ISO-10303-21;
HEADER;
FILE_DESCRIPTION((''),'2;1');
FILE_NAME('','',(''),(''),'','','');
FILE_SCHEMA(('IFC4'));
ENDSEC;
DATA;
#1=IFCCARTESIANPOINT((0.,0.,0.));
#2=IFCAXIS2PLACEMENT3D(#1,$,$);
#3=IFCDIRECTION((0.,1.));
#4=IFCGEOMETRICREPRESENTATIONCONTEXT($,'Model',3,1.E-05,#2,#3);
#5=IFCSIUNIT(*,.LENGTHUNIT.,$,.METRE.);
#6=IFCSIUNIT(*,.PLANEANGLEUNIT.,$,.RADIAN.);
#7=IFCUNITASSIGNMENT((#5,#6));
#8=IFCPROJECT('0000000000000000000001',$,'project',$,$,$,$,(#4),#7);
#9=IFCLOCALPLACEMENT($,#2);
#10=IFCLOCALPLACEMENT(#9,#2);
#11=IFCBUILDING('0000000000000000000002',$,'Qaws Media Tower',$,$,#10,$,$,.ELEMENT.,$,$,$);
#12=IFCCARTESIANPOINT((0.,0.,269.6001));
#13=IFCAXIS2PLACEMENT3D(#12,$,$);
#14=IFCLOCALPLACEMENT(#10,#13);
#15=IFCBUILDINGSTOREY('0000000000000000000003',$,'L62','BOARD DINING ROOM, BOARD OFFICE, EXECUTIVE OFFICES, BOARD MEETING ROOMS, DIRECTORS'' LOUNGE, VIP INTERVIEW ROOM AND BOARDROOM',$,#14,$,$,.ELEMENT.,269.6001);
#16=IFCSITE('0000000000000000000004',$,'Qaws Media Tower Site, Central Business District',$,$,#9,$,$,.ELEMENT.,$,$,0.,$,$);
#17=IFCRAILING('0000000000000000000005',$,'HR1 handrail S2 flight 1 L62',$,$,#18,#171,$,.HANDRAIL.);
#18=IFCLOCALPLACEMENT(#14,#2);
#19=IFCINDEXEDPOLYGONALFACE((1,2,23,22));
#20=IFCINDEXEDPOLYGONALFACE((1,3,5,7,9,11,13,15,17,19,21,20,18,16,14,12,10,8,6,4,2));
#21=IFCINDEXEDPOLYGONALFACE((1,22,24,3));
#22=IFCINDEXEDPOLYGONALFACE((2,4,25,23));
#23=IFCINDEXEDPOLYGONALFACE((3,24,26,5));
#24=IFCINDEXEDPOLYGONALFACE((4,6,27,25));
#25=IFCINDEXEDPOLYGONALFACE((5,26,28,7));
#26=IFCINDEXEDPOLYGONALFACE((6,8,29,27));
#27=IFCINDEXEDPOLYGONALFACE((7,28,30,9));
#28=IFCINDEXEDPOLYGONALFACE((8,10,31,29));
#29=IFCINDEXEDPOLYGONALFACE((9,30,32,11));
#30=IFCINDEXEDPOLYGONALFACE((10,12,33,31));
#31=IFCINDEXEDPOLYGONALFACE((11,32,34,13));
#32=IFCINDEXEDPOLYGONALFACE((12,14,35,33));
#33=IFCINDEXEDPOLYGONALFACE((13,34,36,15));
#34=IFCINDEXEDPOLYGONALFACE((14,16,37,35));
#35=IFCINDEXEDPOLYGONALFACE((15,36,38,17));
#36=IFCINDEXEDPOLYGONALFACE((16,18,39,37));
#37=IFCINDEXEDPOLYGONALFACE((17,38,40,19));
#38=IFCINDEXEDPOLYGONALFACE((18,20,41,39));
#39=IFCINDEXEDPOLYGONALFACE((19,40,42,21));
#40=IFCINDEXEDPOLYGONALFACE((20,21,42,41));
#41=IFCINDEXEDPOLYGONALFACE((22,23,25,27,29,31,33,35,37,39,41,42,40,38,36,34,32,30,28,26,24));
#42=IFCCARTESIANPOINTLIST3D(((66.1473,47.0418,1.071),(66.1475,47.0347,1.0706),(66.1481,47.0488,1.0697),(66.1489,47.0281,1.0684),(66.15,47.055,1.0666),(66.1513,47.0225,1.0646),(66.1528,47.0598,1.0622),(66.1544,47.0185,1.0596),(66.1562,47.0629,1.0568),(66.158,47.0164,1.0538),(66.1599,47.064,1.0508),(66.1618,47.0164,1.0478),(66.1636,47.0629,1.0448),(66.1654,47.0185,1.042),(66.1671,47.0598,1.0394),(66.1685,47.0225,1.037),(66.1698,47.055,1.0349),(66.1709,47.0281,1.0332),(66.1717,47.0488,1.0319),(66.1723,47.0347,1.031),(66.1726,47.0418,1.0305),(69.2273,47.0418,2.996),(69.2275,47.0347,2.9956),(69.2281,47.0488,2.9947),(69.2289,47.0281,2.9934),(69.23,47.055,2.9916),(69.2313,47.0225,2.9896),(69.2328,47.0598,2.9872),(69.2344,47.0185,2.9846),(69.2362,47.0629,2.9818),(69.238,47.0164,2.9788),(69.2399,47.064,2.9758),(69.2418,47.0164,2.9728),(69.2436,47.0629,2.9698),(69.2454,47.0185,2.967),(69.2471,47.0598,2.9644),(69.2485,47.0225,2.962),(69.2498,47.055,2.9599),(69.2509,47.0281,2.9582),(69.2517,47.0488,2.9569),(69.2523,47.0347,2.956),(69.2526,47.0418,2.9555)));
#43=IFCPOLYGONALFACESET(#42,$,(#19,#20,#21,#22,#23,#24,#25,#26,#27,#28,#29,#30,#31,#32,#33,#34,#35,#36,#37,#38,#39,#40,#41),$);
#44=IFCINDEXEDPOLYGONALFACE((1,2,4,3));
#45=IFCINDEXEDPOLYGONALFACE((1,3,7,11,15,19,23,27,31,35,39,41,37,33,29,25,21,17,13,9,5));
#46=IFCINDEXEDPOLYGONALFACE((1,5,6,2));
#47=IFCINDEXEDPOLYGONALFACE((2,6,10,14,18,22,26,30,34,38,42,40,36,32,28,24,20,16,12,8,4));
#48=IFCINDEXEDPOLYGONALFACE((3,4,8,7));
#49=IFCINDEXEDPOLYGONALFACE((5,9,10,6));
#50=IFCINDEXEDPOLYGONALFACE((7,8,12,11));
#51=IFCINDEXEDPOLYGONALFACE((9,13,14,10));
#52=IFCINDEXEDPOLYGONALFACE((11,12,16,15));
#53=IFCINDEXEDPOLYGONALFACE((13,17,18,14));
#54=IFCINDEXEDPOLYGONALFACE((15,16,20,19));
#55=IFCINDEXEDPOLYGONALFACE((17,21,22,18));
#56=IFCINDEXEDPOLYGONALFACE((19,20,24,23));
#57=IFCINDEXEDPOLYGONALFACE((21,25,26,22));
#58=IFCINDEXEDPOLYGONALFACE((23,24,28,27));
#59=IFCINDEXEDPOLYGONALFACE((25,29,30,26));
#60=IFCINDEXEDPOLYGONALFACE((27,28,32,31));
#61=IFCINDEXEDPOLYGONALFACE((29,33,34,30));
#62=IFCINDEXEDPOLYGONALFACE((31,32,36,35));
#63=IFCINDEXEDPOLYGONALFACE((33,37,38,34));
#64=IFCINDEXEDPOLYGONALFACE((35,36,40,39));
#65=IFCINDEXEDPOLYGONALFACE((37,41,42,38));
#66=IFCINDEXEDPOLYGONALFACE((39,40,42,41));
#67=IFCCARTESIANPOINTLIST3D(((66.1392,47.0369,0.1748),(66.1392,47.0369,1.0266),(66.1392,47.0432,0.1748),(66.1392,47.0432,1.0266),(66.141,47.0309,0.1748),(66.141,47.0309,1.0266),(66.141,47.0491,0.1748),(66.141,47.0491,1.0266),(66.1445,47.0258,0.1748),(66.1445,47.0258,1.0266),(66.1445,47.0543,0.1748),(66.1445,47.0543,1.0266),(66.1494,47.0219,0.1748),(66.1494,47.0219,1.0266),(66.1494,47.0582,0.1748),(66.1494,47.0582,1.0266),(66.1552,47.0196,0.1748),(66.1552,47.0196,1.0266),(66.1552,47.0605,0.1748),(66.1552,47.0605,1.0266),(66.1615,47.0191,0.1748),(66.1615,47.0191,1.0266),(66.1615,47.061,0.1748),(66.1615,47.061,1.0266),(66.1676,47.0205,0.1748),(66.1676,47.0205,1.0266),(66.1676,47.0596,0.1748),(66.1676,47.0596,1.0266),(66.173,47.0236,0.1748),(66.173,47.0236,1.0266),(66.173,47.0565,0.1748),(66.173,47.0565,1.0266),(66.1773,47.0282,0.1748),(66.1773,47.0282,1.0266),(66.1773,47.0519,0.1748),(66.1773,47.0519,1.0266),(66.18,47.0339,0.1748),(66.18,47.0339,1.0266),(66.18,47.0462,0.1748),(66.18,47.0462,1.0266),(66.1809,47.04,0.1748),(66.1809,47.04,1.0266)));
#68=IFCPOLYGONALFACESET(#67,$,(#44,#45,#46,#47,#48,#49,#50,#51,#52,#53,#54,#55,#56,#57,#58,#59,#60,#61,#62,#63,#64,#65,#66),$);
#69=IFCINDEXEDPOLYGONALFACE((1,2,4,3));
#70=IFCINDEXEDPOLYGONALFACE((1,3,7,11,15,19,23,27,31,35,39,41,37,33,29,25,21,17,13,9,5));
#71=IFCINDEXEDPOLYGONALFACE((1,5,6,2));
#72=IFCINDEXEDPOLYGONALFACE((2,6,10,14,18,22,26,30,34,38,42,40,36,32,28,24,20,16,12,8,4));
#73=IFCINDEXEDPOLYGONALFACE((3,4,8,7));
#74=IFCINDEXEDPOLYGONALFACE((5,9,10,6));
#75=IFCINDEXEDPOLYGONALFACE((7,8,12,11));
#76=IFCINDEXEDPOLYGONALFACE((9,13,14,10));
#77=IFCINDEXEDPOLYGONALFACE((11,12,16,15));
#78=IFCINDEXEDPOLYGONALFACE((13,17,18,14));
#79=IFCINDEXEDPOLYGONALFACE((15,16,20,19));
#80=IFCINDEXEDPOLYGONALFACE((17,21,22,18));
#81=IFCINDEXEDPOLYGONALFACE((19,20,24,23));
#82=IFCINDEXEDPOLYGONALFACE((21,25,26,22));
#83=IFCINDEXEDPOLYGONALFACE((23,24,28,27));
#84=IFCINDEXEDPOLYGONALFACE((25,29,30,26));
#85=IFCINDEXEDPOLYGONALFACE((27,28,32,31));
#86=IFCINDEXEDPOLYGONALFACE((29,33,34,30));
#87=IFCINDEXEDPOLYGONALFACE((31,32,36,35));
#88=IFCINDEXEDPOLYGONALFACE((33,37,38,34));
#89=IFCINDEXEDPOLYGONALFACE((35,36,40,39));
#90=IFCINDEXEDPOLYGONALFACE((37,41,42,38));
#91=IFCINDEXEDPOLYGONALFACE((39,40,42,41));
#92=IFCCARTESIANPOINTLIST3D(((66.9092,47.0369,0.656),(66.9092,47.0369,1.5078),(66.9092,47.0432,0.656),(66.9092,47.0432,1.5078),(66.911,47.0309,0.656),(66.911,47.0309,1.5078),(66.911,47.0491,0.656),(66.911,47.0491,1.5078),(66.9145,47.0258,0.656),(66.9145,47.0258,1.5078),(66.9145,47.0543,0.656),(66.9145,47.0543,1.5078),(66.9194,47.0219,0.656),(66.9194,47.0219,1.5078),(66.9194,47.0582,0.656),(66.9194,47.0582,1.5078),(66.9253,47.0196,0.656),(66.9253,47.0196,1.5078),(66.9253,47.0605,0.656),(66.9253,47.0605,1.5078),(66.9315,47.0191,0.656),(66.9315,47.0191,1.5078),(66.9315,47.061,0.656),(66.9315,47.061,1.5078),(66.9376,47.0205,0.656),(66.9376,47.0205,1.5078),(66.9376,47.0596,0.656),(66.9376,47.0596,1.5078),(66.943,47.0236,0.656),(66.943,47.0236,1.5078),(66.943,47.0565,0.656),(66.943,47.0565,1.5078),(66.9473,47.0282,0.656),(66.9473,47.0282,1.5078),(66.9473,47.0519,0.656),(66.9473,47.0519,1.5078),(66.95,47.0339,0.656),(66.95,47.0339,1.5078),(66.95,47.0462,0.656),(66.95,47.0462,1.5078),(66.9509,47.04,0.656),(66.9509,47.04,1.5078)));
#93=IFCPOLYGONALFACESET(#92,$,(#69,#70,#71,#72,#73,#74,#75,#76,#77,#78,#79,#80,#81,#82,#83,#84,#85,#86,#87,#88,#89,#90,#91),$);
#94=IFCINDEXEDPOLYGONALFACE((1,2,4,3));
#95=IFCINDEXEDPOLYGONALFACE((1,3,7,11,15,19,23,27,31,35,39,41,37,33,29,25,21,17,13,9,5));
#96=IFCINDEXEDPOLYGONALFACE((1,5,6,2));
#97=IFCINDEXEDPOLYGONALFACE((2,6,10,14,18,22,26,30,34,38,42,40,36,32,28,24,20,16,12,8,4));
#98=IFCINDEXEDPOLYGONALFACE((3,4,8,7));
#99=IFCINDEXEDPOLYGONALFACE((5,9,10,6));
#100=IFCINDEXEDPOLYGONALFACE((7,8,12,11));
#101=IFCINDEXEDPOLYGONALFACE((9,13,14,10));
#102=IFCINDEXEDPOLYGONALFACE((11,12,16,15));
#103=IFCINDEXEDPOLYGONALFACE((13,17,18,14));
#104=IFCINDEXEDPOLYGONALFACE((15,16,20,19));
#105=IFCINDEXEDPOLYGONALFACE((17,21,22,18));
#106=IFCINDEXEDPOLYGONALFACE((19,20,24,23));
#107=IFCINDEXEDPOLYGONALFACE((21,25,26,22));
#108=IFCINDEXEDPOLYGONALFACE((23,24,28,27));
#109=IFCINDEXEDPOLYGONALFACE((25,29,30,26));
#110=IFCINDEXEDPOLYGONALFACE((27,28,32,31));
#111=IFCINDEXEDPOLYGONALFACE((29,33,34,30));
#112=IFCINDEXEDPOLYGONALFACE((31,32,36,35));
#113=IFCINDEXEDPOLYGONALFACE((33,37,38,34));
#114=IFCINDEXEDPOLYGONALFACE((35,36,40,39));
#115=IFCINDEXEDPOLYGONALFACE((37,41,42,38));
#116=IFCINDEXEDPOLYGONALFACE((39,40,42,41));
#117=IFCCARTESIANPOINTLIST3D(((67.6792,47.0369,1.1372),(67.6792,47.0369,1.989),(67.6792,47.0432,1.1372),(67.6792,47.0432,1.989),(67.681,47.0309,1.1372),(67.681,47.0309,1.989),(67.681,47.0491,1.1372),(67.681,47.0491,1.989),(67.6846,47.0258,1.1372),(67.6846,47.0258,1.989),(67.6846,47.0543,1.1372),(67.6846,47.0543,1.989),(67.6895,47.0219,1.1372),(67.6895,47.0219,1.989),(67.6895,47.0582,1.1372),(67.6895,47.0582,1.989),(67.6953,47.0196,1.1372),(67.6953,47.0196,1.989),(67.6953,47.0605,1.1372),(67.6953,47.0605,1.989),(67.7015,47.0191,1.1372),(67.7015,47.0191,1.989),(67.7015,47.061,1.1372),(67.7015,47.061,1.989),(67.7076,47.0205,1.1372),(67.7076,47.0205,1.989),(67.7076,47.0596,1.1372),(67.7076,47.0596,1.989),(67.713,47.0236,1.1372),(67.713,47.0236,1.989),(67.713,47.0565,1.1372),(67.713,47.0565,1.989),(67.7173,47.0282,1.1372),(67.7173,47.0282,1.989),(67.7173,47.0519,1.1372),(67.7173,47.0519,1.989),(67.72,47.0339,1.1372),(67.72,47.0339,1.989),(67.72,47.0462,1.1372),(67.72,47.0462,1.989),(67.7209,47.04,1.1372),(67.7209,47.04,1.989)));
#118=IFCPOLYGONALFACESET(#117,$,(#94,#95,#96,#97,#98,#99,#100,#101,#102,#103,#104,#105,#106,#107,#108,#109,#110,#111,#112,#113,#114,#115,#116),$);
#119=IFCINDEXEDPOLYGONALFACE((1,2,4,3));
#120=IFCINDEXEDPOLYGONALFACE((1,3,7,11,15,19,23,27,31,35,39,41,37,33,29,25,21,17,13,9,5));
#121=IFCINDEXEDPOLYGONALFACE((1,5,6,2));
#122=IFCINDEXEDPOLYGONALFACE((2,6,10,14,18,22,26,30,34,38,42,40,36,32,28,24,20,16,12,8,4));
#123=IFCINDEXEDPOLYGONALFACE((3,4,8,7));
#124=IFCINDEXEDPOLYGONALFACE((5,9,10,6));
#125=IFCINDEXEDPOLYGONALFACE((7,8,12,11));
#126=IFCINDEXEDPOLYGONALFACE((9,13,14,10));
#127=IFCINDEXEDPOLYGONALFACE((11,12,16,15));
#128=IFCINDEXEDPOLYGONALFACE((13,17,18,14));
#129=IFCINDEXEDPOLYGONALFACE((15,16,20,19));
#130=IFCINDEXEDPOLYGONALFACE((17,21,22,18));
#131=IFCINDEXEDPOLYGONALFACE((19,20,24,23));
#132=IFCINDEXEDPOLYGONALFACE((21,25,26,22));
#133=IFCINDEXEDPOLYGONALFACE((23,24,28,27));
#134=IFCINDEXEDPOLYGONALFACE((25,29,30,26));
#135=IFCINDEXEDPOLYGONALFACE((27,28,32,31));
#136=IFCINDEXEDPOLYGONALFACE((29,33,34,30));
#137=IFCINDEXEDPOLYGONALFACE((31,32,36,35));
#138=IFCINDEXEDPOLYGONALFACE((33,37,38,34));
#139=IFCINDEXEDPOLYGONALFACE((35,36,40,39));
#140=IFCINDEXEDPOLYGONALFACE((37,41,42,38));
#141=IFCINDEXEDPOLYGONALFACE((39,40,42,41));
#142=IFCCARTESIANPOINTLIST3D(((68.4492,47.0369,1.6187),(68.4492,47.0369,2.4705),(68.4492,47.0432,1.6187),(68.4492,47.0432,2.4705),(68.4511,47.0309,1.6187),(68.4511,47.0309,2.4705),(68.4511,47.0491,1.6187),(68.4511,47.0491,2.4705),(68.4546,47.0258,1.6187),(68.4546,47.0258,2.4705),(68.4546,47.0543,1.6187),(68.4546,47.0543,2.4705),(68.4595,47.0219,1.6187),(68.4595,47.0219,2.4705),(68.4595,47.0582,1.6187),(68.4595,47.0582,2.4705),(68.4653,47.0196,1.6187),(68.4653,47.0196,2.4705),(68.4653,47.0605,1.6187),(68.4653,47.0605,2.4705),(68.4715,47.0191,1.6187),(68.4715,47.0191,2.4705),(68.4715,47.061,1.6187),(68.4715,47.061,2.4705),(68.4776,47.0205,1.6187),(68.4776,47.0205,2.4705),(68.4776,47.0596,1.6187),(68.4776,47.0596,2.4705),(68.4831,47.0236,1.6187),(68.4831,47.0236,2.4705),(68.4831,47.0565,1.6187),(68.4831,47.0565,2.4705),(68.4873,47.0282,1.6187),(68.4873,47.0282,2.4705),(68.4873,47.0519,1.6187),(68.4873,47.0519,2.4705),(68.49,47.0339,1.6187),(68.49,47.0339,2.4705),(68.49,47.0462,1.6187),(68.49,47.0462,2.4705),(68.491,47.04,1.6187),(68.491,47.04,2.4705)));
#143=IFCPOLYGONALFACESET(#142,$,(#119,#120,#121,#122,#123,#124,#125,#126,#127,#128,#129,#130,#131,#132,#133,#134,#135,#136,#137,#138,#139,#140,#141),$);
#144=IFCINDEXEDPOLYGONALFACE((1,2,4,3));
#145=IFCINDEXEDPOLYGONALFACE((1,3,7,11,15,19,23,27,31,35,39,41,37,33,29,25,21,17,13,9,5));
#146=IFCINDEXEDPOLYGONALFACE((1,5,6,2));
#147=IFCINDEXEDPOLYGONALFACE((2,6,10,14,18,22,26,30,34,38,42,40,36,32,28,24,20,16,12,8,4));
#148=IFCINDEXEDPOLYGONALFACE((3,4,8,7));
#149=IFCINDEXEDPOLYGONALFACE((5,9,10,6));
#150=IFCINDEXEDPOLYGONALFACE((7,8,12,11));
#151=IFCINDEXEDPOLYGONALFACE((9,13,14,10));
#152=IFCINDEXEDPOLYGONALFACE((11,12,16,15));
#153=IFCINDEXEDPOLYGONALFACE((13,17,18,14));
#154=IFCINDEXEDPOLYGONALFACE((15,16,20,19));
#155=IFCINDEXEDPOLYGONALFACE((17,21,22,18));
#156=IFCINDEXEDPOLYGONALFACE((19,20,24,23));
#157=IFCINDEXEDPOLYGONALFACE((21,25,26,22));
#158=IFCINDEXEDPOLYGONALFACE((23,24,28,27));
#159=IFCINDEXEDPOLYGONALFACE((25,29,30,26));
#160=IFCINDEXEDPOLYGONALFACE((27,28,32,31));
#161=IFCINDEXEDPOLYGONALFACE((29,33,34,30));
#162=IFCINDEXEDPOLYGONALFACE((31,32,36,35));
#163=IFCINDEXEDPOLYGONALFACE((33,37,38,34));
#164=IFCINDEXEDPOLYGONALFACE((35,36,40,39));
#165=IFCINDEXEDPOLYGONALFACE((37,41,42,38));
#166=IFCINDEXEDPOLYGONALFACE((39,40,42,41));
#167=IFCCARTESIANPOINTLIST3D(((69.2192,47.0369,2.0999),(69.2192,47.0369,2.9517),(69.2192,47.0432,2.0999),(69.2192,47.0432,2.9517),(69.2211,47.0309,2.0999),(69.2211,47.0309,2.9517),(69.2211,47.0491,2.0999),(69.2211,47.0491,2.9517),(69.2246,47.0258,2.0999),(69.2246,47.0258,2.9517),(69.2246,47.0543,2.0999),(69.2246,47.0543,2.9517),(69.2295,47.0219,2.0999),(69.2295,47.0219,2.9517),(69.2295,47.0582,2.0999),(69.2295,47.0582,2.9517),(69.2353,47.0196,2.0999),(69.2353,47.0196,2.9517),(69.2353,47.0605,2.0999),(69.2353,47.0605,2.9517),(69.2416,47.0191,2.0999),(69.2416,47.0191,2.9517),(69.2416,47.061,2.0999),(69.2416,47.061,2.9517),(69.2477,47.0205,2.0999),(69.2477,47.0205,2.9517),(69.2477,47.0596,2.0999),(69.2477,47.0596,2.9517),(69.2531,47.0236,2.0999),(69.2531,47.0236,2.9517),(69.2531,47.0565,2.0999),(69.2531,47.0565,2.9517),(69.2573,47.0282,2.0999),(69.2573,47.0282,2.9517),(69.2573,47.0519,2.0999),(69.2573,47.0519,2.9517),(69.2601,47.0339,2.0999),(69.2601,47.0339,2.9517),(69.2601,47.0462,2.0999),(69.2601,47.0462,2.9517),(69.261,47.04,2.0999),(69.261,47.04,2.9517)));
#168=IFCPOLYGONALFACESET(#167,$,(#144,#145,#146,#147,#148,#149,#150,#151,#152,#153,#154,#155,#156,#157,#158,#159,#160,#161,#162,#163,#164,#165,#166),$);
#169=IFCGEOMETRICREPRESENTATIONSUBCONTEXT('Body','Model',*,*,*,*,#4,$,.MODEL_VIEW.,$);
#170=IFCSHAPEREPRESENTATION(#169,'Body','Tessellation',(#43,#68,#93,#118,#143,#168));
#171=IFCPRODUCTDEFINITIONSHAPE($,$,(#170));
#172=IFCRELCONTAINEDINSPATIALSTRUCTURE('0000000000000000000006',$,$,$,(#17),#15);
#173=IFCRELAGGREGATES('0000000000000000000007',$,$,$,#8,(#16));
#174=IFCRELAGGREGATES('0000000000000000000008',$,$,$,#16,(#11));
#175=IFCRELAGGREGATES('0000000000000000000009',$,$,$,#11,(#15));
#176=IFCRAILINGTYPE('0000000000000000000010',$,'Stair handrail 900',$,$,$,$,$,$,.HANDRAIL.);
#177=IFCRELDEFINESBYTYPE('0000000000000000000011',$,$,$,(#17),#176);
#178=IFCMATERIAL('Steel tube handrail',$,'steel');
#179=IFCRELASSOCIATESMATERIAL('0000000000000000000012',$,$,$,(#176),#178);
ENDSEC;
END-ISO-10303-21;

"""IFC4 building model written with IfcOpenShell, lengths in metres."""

from ifc_helpers import new_model, si_unit, direction, frame, origin, origin_2d, place, context, subcontext, project, spatial, circle, extrude, material, type_object, element, save


model = new_model("IFC4")

# Units and contexts
model_context = context("Model", 3, precision=1e-05, world=origin(), true_north=direction((0.0, 1.0)))
body_context = subcontext(model_context, "Body", "Model", "MODEL_VIEW")
ifc_project = project(units=[si_unit("LENGTHUNIT", "METRE"), si_unit("PLANEANGLEUNIT", "RADIAN")], contexts=[model_context])

# Site, building, storey
site_placement = place(None, origin())
site = spatial("IfcSite", under=ifc_project, at=site_placement, Name="Qaws Media Tower Site, Central Business District", CompositionType="ELEMENT", RefElevation=0.0)
building_placement = place(site_placement, origin())
building = spatial("IfcBuilding", under=site, at=building_placement, Name="Qaws Media Tower", CompositionType="ELEMENT")
storey_placement = place(building_placement, frame((0.0, 0.0, 269.6001)))
storey = spatial("IfcBuildingStorey", under=building, at=storey_placement, Name="L62", Description="BOARD DINING ROOM, BOARD OFFICE, EXECUTIVE OFFICES, BOARD MEETING ROOMS, DIRECTORS' LOUNGE, VIP INTERVIEW ROOM AND BOARDROOM", CompositionType="ELEMENT", Elevation=269.6001)

# Railing
ifc_material_1 = material(Name="Steel tube handrail", Category="steel")
railing_type = type_object("IfcRailingType", Name="Stair handrail 900", PredefinedType="HANDRAIL", material=ifc_material_1)
for number, where, name in (
    (1, (66.1599, 47.04, 0.1748), "HR1 handrail S2 flight 1 L62"),
):
    element("IfcRailing", number, at=place(storey_placement, frame(where)), inside=storey, type_object=railing_type, Name=name, PredefinedType="HANDRAIL", context=body_context, shape_type="SweptSolid", body=[
        extrude(circle(Radius=0.0239, at=origin_2d()), frame((0.0, 0.0, 0.876), z_axis=(0.847998, 0.0, 0.529999), x_axis=(0.0, 1.0, 0.0)), (0.0, 0.0, 1.0), 3.6321),
        extrude(circle(Radius=0.021, at=origin_2d()), origin(), (0.0, 0.0, 1.0), 0.8518),
        extrude(circle(Radius=0.021, at=origin_2d()), frame((0.77, 0.0, 0.4812)), (0.0, 0.0, 1.0), 0.8518),
        extrude(circle(Radius=0.021, at=origin_2d()), frame((1.54, 0.0, 0.9624)), (0.0, 0.0, 1.0), 0.8518),
        extrude(circle(Radius=0.021, at=origin_2d()), frame((2.3101, 0.0, 1.4438)), (0.0, 0.0, 1.0), 0.8518),
        extrude(circle(Radius=0.021, at=origin_2d()), frame((3.0801, 0.0, 1.925)), (0.0, 0.0, 1.0), 0.8518),
    ])

save(model, "model.ifc")
